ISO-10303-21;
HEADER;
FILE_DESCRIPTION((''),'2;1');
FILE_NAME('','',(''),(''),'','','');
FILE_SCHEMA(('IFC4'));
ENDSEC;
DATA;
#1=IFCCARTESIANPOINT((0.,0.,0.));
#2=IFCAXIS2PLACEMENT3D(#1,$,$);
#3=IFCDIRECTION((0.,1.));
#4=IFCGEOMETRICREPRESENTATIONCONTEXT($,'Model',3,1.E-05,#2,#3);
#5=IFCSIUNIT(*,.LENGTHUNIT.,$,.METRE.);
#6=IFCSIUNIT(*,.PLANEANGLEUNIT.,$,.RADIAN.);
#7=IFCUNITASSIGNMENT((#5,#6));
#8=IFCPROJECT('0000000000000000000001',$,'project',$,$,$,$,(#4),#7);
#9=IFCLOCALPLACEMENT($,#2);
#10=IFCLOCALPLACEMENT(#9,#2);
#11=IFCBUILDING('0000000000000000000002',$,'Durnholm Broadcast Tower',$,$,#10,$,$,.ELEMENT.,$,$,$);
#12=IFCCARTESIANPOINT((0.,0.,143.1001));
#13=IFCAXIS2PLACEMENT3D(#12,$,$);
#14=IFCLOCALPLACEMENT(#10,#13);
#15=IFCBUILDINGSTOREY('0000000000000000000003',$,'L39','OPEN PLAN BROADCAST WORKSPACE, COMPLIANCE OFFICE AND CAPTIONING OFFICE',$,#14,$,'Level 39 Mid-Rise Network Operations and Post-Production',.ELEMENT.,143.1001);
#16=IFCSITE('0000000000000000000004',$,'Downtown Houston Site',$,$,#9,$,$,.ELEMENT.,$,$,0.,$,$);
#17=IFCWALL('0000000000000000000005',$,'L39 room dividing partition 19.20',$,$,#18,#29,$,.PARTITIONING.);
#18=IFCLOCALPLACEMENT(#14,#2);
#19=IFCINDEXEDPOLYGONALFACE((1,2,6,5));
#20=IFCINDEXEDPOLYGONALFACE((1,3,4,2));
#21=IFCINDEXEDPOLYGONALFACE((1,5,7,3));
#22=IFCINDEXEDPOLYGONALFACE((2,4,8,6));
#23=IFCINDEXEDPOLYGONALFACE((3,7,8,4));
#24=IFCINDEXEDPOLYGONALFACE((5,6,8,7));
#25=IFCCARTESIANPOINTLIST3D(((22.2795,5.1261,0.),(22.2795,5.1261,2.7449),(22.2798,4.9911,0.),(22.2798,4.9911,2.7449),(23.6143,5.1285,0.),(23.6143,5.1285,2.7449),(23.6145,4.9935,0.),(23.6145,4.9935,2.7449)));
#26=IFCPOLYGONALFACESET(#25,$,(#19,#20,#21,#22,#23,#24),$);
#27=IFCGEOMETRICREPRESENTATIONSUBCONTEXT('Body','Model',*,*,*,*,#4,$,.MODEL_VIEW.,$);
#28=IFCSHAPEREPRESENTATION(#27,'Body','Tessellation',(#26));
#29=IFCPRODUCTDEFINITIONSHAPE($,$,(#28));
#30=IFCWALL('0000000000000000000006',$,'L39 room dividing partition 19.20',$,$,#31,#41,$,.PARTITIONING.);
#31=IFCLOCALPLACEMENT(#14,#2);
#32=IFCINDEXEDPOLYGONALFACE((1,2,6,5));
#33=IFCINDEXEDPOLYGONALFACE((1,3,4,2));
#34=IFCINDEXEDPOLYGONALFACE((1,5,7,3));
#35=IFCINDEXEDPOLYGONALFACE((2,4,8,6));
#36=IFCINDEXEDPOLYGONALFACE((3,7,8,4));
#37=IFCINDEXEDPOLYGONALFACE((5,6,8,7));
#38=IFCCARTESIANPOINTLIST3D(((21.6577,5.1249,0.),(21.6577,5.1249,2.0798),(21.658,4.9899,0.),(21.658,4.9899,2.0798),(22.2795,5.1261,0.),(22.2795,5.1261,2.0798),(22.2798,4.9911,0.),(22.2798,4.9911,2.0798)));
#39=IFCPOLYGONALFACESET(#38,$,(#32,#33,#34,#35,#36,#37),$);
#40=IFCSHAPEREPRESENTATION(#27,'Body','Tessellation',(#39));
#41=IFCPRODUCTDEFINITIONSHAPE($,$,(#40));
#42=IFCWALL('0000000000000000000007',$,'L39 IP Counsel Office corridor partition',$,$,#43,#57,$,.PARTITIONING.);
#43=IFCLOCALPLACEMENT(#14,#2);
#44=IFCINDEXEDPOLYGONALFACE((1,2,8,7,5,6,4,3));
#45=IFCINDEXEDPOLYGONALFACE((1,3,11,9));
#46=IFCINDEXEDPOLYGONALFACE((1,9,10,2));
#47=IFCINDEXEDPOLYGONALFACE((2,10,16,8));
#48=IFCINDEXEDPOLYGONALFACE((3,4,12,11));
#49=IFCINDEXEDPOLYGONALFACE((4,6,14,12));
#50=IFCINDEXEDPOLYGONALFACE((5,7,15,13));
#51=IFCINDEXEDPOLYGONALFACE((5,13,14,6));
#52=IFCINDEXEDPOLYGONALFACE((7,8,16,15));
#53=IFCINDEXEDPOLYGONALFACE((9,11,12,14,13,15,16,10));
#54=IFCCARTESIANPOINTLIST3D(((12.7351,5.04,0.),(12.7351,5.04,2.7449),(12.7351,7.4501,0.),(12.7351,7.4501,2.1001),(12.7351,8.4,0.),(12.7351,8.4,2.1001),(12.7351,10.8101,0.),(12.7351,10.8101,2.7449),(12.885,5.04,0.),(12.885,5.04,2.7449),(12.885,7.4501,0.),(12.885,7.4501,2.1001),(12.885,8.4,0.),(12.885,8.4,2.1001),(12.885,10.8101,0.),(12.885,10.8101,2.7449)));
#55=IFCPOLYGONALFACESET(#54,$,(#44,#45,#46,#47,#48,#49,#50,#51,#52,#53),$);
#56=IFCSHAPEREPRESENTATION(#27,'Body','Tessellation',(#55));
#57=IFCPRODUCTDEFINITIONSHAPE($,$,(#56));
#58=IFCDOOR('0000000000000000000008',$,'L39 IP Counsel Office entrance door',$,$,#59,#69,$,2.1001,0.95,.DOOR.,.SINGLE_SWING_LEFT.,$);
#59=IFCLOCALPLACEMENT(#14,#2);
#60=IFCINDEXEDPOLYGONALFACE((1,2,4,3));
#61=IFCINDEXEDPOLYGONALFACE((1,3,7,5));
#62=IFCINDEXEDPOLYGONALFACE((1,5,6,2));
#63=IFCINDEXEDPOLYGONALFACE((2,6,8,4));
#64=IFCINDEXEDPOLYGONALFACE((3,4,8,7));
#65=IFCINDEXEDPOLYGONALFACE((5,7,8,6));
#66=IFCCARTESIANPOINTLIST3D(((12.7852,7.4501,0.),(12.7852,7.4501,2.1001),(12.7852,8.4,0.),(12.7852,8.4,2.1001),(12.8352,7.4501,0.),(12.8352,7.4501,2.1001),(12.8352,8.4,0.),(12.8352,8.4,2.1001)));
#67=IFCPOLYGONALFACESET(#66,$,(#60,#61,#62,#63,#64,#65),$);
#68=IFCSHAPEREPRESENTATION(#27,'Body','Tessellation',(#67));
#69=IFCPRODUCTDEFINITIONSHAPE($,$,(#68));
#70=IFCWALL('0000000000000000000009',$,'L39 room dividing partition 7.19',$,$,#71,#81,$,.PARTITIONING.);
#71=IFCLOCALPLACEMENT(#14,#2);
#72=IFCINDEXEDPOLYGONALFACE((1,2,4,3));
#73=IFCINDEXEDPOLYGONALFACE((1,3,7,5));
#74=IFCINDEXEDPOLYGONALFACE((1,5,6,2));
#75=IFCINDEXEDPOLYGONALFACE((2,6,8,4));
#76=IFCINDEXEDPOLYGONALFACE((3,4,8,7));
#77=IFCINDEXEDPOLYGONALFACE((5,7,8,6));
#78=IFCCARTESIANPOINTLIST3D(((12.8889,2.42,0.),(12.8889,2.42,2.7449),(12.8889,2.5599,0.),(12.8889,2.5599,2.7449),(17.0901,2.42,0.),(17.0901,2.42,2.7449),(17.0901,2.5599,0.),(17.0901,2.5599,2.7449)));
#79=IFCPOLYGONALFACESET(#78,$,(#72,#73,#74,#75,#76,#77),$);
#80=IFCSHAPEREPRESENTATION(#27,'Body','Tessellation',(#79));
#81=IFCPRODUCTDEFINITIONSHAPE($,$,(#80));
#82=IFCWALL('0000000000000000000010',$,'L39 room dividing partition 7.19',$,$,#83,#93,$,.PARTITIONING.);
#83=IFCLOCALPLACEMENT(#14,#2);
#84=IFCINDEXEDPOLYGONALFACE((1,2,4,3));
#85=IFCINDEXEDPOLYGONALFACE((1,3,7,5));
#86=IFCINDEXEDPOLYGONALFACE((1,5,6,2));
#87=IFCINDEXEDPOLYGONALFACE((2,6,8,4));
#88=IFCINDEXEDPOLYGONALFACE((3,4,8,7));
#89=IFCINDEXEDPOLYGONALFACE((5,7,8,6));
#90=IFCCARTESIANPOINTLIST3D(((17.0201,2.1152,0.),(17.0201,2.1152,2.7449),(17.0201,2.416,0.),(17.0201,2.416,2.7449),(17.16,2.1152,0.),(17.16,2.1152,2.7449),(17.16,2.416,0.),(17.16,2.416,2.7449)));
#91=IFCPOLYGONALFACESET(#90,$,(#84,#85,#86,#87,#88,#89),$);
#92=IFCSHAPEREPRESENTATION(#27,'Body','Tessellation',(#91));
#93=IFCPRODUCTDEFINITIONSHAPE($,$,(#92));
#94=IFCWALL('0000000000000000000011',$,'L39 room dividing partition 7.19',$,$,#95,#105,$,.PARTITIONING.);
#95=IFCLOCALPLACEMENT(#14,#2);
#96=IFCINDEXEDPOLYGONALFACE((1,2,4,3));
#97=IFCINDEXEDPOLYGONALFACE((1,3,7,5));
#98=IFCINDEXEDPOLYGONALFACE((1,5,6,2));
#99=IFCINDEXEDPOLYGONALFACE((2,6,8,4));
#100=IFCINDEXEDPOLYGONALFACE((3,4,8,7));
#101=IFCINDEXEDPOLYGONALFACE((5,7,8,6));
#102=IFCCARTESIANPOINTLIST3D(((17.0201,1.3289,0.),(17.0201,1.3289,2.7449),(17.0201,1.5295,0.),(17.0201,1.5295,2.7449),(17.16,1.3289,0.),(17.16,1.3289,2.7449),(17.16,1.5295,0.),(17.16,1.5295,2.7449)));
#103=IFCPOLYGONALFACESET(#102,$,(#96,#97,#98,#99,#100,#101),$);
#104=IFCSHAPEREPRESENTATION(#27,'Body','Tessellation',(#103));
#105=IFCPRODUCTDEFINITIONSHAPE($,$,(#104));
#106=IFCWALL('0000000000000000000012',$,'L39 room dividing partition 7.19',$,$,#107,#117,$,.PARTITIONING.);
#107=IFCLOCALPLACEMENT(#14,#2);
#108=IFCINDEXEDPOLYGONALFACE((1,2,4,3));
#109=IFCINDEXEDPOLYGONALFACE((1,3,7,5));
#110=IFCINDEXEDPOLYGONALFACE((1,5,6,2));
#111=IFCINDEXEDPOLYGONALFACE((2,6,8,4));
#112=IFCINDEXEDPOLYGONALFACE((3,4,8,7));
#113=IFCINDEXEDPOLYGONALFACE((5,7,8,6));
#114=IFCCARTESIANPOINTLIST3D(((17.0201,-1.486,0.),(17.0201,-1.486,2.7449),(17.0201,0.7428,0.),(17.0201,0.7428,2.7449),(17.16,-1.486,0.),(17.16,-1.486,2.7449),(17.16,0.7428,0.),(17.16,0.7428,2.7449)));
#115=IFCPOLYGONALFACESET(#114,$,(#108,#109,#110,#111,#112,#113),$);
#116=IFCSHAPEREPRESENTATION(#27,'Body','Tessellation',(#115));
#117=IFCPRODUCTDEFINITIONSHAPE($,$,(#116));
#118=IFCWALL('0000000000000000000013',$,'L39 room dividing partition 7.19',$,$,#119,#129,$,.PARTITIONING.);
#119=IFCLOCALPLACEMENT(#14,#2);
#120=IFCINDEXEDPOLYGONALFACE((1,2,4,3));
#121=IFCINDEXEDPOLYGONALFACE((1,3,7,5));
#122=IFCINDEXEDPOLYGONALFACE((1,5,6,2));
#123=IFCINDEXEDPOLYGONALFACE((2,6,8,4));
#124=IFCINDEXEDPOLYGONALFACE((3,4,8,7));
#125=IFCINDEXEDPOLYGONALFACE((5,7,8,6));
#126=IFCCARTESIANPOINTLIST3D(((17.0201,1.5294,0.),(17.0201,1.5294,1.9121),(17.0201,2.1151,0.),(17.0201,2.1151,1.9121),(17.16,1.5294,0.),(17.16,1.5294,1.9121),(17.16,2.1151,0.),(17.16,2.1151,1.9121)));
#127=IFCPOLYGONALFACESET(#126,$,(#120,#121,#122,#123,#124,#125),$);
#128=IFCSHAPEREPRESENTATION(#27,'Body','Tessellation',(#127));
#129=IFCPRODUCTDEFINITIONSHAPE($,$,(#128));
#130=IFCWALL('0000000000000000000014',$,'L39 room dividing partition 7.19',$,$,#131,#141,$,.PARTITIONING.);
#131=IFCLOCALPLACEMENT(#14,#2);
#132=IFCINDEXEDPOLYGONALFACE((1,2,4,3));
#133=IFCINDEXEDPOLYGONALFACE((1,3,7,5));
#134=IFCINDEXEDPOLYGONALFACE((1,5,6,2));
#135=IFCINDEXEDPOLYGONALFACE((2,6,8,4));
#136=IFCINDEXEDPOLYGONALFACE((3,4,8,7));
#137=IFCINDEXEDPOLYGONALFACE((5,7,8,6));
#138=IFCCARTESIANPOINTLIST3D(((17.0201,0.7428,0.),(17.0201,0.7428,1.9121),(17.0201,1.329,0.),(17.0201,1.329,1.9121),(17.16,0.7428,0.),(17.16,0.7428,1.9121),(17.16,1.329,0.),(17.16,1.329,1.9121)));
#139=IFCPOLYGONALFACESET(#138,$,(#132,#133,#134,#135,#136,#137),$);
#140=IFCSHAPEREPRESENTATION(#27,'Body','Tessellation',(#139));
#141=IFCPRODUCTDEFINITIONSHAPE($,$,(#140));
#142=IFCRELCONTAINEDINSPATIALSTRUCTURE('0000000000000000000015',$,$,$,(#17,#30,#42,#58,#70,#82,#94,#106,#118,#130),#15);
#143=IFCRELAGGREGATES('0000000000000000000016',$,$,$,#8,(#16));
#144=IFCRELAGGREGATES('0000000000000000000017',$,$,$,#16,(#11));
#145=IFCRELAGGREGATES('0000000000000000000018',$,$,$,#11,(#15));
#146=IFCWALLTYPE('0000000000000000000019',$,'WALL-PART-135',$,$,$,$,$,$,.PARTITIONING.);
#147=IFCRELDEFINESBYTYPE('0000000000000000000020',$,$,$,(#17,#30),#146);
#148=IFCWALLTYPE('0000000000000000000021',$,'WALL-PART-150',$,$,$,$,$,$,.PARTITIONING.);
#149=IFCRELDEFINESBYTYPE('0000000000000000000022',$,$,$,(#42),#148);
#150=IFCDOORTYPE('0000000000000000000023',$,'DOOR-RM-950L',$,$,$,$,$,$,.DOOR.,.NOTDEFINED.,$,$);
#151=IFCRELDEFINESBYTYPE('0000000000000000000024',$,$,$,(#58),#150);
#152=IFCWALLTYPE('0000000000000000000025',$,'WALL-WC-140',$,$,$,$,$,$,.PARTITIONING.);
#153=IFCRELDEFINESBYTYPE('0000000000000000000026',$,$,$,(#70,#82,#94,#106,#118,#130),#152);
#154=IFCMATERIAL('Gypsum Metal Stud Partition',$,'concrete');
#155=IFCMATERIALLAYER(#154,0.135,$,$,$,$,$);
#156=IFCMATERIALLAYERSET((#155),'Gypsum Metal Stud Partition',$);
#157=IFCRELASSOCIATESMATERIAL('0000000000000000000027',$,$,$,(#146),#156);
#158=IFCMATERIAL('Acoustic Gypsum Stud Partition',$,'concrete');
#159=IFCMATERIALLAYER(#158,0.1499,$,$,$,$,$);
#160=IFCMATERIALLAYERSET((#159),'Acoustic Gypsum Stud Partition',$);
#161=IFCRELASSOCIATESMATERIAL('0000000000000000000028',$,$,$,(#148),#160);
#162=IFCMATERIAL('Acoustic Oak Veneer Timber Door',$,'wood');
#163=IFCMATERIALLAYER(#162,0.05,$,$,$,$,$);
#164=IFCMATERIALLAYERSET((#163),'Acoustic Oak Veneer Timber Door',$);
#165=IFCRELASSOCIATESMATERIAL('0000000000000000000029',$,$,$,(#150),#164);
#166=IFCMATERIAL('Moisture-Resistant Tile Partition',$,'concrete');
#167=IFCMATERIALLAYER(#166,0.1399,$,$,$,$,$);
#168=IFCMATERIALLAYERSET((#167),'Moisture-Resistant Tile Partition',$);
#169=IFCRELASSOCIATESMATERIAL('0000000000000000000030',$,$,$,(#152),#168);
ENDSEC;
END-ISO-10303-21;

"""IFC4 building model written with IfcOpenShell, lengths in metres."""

from ifc_helpers import new_model, si_unit, direction, frame, frame_2d, origin, place, context, subcontext, project, spatial, rectangle, extrude, source, transform, mapped, material, layer, layer_set, type_object, type_shapes, element, fill, save


model = new_model("IFC4")

# Units and contexts
model_context = context("Model", 3, precision=1e-05, world=origin(), true_north=direction((0.0, 1.0)))
body_context = subcontext(model_context, "Body", "Model", "MODEL_VIEW")
ifc_project = project(units=[si_unit("LENGTHUNIT", "METRE"), si_unit("PLANEANGLEUNIT", "RADIAN")], contexts=[model_context])

# Site, building, storey
site_placement = place(None, origin())
site = spatial("IfcSite", under=ifc_project, at=site_placement, Name="Downtown Houston Site", CompositionType="ELEMENT", RefElevation=0.0)
building_placement = place(site_placement, origin())
building = spatial("IfcBuilding", under=site, at=building_placement, Name="Durnholm Broadcast Tower", CompositionType="ELEMENT")
storey_placement = place(building_placement, frame((0.0, 0.0, 143.1001)))
storey = spatial("IfcBuildingStorey", under=building, at=storey_placement, Name="L39", Description="OPEN PLAN BROADCAST WORKSPACE, COMPLIANCE OFFICE AND CAPTIONING OFFICE", LongName="Level 39 Mid-Rise Network Operations and Post-Production", CompositionType="ELEMENT", Elevation=143.1001)

# Walls
ifc_material_1 = material(Name="Gypsum Metal Stud Partition", Category="concrete")
ifc_layer_1 = layer(ifc_material_1, 0.135)
ifc_layer_set_1 = layer_set([ifc_layer_1], Name="Gypsum Metal Stud Partition")
wall_type_1 = type_object("IfcWallType", Name="WALL-PART-135", PredefinedType="PARTITIONING", material=ifc_layer_set_1)
wall_1_placement = place(storey_placement, frame((22.2795, 5.0586, 0.0), z_axis=(0.0, 0.0, 1.0), x_axis=(0.999998, 0.001829, 0.0)))
element("IfcWall", 1, at=wall_1_placement, inside=storey, type_object=wall_type_1, Name="L39 room dividing partition 19.20", PredefinedType="PARTITIONING", context=body_context, shape_type="SweptSolid", body=[
    extrude(rectangle(XDim=1.3347, YDim=0.135, at=frame_2d((0.6675, 0.0))), origin(), (0.0, 0.0, 1.0), 2.7449),
])
wall_2_placement = place(storey_placement, frame((21.6577, 5.0574, 0.0), z_axis=(0.0, 0.0, 1.0), x_axis=(0.999998, 0.001963, 0.0)))
element("IfcWall", 2, at=wall_2_placement, inside=storey, type_object=wall_type_1, Name="L39 room dividing partition 19.20", PredefinedType="PARTITIONING", context=body_context, shape_type="SweptSolid", body=[
    extrude(rectangle(XDim=0.6218, YDim=0.135, at=frame_2d((0.311, 0.0))), origin(), (0.0, 0.0, 1.0), 2.0798),
])

# Wall, opening, door
ifc_material_2 = material(Name="Acoustic Gypsum Stud Partition", Category="concrete")
ifc_layer_2 = layer(ifc_material_2, 0.1499)
ifc_layer_set_2 = layer_set([ifc_layer_2], Name="Acoustic Gypsum Stud Partition")
wall_type_2 = type_object("IfcWallType", Name="WALL-PART-150", PredefinedType="PARTITIONING", material=ifc_layer_set_2)
wall_3_placement = place(storey_placement, frame((12.8101, 5.04, 0.0), z_axis=(0.0, 0.0, 1.0), x_axis=(0.0, 1.0, 0.0)))
wall_3 = element("IfcWall", 3, at=wall_3_placement, inside=storey, type_object=wall_type_2, Name="L39 IP Counsel Office corridor partition", PredefinedType="PARTITIONING", context=body_context, shape_type="SweptSolid", body=[
    extrude(rectangle(XDim=5.77, YDim=0.1499, at=frame_2d((2.885, 0.0))), origin(), (0.0, 0.0, 1.0), 2.7449),
])
opening_placement = place(wall_3_placement, frame((2.4099, 0.0, 0.0)))
opening = element("IfcOpeningElement", 4, at=opening_placement, cuts=wall_3, PredefinedType="OPENING", context=body_context, shape_type="SweptSolid", body=[
    extrude(rectangle(XDim=0.95, YDim=2.1001, at=frame_2d((0.4751, 1.05))), frame((0.0, 0.085, 0.0), z_axis=(0.0, -1.0, 0.0), x_axis=(1.0, 0.0, 0.0)), (0.0, 0.0, 1.0), 0.1699),
])
ifc_material_3 = material(Name="Acoustic Oak Veneer Timber Door", Category="wood")
ifc_layer_3 = layer(ifc_material_3, 0.05)
ifc_layer_set_3 = layer_set([ifc_layer_3], Name="Acoustic Oak Veneer Timber Door")
door_type = type_object("IfcDoorType", Name="DOOR-RM-950L", OperationType="NOTDEFINED", PredefinedType="DOOR", material=ifc_layer_set_3)
shared_shape_1 = source(origin(), body_context, "Body", "SweptSolid", [
    extrude(rectangle(XDim=0.95, YDim=2.1001, at=frame_2d((0.4751, 1.05))), frame((0.0, 0.0249, 0.0), z_axis=(0.0, -1.0, 0.0), x_axis=(1.0, 0.0, 0.0)), (0.0, 0.0, 1.0), 0.05),
])
type_shapes(door_type, [shared_shape_1])
door_placement = place(opening_placement, origin())
door = element("IfcDoor", 5, at=door_placement, inside=storey, type_object=door_type, Name="L39 IP Counsel Office entrance door", OperationType="SINGLE_SWING_LEFT", OverallHeight=2.1001, OverallWidth=0.95, PredefinedType="DOOR", context=body_context, shape_type="MappedRepresentation", body=[
    mapped(shared_shape_1, transform((0.0, 0.0, 0.0), x_axis=(1.0, 0.0, 0.0), y_axis=(0.0, 1.0, 0.0), z_axis=(0.0, 0.0, 1.0), scale=1.0)),
])
fill(opening, door)

# Walls
ifc_material_4 = material(Name="Moisture-Resistant Tile Partition", Category="concrete")
ifc_layer_4 = layer(ifc_material_4, 0.1399)
ifc_layer_set_4 = layer_set([ifc_layer_4], Name="Moisture-Resistant Tile Partition")
wall_type_3 = type_object("IfcWallType", Name="WALL-WC-140", PredefinedType="PARTITIONING", material=ifc_layer_set_4)
wall_4_placement = place(storey_placement, frame((12.8889, 2.49, 0.0), z_axis=(0.0, 0.0, 1.0), x_axis=(1.0, 0.0, 0.0)))
element("IfcWall", 6, at=wall_4_placement, inside=storey, type_object=wall_type_3, Name="L39 room dividing partition 7.19", PredefinedType="PARTITIONING", context=body_context, shape_type="SweptSolid", body=[
    extrude(rectangle(XDim=4.2012, YDim=0.1399, at=frame_2d((2.1006, 0.0))), origin(), (0.0, 0.0, 1.0), 2.7449),
])
wall_5_placement = place(storey_placement, frame((17.0901, 2.416, 0.0), z_axis=(0.0, 0.0, 1.0), x_axis=(0.0, -1.0, 0.0)))
element("IfcWall", 7, at=wall_5_placement, inside=storey, type_object=wall_type_3, Name="L39 room dividing partition 7.19", PredefinedType="PARTITIONING", context=body_context, shape_type="SweptSolid", body=[
    extrude(rectangle(XDim=0.3008, YDim=0.1399, at=frame_2d((0.1504, 0.0))), origin(), (0.0, 0.0, 1.0), 2.7449),
])
wall_6_placement = place(storey_placement, frame((17.0901, 1.5295, 0.0), z_axis=(0.0, 0.0, 1.0), x_axis=(0.0, -1.0, 0.0)))
element("IfcWall", 8, at=wall_6_placement, inside=storey, type_object=wall_type_3, Name="L39 room dividing partition 7.19", PredefinedType="PARTITIONING", context=body_context, shape_type="SweptSolid", body=[
    extrude(rectangle(XDim=0.2007, YDim=0.1399, at=frame_2d((0.1003, 0.0))), origin(), (0.0, 0.0, 1.0), 2.7449),
])
wall_7_placement = place(storey_placement, frame((17.0901, 0.7427, 0.0), z_axis=(0.0, 0.0, 1.0), x_axis=(0.0, -1.0, 0.0)))
element("IfcWall", 9, at=wall_7_placement, inside=storey, type_object=wall_type_3, Name="L39 room dividing partition 7.19", PredefinedType="PARTITIONING", context=body_context, shape_type="SweptSolid", body=[
    extrude(rectangle(XDim=2.2288, YDim=0.1399, at=frame_2d((1.1143, 0.0))), origin(), (0.0, 0.0, 1.0), 2.7449),
])
wall_8_placement = place(storey_placement, frame((17.0901, 2.1152, 0.0), z_axis=(0.0, 0.0, 1.0), x_axis=(0.0, -1.0, 0.0)))
element("IfcWall", 10, at=wall_8_placement, inside=storey, type_object=wall_type_3, Name="L39 room dividing partition 7.19", PredefinedType="PARTITIONING", context=body_context, shape_type="SweptSolid", body=[
    extrude(rectangle(XDim=0.5857, YDim=0.1399, at=frame_2d((0.293, 0.0))), origin(), (0.0, 0.0, 1.0), 1.9121),
])
wall_9_placement = place(storey_placement, frame((17.0901, 1.3289, 0.0), z_axis=(0.0, 0.0, 1.0), x_axis=(0.0, -1.0, 0.0)))
element("IfcWall", 11, at=wall_9_placement, inside=storey, type_object=wall_type_3, Name="L39 room dividing partition 7.19", PredefinedType="PARTITIONING", context=body_context, shape_type="SweptSolid", body=[
    extrude(rectangle(XDim=0.5862, YDim=0.1399, at=frame_2d((0.293, 0.0))), origin(), (0.0, 0.0, 1.0), 1.9121),
])

save(model, "model.ifc")
